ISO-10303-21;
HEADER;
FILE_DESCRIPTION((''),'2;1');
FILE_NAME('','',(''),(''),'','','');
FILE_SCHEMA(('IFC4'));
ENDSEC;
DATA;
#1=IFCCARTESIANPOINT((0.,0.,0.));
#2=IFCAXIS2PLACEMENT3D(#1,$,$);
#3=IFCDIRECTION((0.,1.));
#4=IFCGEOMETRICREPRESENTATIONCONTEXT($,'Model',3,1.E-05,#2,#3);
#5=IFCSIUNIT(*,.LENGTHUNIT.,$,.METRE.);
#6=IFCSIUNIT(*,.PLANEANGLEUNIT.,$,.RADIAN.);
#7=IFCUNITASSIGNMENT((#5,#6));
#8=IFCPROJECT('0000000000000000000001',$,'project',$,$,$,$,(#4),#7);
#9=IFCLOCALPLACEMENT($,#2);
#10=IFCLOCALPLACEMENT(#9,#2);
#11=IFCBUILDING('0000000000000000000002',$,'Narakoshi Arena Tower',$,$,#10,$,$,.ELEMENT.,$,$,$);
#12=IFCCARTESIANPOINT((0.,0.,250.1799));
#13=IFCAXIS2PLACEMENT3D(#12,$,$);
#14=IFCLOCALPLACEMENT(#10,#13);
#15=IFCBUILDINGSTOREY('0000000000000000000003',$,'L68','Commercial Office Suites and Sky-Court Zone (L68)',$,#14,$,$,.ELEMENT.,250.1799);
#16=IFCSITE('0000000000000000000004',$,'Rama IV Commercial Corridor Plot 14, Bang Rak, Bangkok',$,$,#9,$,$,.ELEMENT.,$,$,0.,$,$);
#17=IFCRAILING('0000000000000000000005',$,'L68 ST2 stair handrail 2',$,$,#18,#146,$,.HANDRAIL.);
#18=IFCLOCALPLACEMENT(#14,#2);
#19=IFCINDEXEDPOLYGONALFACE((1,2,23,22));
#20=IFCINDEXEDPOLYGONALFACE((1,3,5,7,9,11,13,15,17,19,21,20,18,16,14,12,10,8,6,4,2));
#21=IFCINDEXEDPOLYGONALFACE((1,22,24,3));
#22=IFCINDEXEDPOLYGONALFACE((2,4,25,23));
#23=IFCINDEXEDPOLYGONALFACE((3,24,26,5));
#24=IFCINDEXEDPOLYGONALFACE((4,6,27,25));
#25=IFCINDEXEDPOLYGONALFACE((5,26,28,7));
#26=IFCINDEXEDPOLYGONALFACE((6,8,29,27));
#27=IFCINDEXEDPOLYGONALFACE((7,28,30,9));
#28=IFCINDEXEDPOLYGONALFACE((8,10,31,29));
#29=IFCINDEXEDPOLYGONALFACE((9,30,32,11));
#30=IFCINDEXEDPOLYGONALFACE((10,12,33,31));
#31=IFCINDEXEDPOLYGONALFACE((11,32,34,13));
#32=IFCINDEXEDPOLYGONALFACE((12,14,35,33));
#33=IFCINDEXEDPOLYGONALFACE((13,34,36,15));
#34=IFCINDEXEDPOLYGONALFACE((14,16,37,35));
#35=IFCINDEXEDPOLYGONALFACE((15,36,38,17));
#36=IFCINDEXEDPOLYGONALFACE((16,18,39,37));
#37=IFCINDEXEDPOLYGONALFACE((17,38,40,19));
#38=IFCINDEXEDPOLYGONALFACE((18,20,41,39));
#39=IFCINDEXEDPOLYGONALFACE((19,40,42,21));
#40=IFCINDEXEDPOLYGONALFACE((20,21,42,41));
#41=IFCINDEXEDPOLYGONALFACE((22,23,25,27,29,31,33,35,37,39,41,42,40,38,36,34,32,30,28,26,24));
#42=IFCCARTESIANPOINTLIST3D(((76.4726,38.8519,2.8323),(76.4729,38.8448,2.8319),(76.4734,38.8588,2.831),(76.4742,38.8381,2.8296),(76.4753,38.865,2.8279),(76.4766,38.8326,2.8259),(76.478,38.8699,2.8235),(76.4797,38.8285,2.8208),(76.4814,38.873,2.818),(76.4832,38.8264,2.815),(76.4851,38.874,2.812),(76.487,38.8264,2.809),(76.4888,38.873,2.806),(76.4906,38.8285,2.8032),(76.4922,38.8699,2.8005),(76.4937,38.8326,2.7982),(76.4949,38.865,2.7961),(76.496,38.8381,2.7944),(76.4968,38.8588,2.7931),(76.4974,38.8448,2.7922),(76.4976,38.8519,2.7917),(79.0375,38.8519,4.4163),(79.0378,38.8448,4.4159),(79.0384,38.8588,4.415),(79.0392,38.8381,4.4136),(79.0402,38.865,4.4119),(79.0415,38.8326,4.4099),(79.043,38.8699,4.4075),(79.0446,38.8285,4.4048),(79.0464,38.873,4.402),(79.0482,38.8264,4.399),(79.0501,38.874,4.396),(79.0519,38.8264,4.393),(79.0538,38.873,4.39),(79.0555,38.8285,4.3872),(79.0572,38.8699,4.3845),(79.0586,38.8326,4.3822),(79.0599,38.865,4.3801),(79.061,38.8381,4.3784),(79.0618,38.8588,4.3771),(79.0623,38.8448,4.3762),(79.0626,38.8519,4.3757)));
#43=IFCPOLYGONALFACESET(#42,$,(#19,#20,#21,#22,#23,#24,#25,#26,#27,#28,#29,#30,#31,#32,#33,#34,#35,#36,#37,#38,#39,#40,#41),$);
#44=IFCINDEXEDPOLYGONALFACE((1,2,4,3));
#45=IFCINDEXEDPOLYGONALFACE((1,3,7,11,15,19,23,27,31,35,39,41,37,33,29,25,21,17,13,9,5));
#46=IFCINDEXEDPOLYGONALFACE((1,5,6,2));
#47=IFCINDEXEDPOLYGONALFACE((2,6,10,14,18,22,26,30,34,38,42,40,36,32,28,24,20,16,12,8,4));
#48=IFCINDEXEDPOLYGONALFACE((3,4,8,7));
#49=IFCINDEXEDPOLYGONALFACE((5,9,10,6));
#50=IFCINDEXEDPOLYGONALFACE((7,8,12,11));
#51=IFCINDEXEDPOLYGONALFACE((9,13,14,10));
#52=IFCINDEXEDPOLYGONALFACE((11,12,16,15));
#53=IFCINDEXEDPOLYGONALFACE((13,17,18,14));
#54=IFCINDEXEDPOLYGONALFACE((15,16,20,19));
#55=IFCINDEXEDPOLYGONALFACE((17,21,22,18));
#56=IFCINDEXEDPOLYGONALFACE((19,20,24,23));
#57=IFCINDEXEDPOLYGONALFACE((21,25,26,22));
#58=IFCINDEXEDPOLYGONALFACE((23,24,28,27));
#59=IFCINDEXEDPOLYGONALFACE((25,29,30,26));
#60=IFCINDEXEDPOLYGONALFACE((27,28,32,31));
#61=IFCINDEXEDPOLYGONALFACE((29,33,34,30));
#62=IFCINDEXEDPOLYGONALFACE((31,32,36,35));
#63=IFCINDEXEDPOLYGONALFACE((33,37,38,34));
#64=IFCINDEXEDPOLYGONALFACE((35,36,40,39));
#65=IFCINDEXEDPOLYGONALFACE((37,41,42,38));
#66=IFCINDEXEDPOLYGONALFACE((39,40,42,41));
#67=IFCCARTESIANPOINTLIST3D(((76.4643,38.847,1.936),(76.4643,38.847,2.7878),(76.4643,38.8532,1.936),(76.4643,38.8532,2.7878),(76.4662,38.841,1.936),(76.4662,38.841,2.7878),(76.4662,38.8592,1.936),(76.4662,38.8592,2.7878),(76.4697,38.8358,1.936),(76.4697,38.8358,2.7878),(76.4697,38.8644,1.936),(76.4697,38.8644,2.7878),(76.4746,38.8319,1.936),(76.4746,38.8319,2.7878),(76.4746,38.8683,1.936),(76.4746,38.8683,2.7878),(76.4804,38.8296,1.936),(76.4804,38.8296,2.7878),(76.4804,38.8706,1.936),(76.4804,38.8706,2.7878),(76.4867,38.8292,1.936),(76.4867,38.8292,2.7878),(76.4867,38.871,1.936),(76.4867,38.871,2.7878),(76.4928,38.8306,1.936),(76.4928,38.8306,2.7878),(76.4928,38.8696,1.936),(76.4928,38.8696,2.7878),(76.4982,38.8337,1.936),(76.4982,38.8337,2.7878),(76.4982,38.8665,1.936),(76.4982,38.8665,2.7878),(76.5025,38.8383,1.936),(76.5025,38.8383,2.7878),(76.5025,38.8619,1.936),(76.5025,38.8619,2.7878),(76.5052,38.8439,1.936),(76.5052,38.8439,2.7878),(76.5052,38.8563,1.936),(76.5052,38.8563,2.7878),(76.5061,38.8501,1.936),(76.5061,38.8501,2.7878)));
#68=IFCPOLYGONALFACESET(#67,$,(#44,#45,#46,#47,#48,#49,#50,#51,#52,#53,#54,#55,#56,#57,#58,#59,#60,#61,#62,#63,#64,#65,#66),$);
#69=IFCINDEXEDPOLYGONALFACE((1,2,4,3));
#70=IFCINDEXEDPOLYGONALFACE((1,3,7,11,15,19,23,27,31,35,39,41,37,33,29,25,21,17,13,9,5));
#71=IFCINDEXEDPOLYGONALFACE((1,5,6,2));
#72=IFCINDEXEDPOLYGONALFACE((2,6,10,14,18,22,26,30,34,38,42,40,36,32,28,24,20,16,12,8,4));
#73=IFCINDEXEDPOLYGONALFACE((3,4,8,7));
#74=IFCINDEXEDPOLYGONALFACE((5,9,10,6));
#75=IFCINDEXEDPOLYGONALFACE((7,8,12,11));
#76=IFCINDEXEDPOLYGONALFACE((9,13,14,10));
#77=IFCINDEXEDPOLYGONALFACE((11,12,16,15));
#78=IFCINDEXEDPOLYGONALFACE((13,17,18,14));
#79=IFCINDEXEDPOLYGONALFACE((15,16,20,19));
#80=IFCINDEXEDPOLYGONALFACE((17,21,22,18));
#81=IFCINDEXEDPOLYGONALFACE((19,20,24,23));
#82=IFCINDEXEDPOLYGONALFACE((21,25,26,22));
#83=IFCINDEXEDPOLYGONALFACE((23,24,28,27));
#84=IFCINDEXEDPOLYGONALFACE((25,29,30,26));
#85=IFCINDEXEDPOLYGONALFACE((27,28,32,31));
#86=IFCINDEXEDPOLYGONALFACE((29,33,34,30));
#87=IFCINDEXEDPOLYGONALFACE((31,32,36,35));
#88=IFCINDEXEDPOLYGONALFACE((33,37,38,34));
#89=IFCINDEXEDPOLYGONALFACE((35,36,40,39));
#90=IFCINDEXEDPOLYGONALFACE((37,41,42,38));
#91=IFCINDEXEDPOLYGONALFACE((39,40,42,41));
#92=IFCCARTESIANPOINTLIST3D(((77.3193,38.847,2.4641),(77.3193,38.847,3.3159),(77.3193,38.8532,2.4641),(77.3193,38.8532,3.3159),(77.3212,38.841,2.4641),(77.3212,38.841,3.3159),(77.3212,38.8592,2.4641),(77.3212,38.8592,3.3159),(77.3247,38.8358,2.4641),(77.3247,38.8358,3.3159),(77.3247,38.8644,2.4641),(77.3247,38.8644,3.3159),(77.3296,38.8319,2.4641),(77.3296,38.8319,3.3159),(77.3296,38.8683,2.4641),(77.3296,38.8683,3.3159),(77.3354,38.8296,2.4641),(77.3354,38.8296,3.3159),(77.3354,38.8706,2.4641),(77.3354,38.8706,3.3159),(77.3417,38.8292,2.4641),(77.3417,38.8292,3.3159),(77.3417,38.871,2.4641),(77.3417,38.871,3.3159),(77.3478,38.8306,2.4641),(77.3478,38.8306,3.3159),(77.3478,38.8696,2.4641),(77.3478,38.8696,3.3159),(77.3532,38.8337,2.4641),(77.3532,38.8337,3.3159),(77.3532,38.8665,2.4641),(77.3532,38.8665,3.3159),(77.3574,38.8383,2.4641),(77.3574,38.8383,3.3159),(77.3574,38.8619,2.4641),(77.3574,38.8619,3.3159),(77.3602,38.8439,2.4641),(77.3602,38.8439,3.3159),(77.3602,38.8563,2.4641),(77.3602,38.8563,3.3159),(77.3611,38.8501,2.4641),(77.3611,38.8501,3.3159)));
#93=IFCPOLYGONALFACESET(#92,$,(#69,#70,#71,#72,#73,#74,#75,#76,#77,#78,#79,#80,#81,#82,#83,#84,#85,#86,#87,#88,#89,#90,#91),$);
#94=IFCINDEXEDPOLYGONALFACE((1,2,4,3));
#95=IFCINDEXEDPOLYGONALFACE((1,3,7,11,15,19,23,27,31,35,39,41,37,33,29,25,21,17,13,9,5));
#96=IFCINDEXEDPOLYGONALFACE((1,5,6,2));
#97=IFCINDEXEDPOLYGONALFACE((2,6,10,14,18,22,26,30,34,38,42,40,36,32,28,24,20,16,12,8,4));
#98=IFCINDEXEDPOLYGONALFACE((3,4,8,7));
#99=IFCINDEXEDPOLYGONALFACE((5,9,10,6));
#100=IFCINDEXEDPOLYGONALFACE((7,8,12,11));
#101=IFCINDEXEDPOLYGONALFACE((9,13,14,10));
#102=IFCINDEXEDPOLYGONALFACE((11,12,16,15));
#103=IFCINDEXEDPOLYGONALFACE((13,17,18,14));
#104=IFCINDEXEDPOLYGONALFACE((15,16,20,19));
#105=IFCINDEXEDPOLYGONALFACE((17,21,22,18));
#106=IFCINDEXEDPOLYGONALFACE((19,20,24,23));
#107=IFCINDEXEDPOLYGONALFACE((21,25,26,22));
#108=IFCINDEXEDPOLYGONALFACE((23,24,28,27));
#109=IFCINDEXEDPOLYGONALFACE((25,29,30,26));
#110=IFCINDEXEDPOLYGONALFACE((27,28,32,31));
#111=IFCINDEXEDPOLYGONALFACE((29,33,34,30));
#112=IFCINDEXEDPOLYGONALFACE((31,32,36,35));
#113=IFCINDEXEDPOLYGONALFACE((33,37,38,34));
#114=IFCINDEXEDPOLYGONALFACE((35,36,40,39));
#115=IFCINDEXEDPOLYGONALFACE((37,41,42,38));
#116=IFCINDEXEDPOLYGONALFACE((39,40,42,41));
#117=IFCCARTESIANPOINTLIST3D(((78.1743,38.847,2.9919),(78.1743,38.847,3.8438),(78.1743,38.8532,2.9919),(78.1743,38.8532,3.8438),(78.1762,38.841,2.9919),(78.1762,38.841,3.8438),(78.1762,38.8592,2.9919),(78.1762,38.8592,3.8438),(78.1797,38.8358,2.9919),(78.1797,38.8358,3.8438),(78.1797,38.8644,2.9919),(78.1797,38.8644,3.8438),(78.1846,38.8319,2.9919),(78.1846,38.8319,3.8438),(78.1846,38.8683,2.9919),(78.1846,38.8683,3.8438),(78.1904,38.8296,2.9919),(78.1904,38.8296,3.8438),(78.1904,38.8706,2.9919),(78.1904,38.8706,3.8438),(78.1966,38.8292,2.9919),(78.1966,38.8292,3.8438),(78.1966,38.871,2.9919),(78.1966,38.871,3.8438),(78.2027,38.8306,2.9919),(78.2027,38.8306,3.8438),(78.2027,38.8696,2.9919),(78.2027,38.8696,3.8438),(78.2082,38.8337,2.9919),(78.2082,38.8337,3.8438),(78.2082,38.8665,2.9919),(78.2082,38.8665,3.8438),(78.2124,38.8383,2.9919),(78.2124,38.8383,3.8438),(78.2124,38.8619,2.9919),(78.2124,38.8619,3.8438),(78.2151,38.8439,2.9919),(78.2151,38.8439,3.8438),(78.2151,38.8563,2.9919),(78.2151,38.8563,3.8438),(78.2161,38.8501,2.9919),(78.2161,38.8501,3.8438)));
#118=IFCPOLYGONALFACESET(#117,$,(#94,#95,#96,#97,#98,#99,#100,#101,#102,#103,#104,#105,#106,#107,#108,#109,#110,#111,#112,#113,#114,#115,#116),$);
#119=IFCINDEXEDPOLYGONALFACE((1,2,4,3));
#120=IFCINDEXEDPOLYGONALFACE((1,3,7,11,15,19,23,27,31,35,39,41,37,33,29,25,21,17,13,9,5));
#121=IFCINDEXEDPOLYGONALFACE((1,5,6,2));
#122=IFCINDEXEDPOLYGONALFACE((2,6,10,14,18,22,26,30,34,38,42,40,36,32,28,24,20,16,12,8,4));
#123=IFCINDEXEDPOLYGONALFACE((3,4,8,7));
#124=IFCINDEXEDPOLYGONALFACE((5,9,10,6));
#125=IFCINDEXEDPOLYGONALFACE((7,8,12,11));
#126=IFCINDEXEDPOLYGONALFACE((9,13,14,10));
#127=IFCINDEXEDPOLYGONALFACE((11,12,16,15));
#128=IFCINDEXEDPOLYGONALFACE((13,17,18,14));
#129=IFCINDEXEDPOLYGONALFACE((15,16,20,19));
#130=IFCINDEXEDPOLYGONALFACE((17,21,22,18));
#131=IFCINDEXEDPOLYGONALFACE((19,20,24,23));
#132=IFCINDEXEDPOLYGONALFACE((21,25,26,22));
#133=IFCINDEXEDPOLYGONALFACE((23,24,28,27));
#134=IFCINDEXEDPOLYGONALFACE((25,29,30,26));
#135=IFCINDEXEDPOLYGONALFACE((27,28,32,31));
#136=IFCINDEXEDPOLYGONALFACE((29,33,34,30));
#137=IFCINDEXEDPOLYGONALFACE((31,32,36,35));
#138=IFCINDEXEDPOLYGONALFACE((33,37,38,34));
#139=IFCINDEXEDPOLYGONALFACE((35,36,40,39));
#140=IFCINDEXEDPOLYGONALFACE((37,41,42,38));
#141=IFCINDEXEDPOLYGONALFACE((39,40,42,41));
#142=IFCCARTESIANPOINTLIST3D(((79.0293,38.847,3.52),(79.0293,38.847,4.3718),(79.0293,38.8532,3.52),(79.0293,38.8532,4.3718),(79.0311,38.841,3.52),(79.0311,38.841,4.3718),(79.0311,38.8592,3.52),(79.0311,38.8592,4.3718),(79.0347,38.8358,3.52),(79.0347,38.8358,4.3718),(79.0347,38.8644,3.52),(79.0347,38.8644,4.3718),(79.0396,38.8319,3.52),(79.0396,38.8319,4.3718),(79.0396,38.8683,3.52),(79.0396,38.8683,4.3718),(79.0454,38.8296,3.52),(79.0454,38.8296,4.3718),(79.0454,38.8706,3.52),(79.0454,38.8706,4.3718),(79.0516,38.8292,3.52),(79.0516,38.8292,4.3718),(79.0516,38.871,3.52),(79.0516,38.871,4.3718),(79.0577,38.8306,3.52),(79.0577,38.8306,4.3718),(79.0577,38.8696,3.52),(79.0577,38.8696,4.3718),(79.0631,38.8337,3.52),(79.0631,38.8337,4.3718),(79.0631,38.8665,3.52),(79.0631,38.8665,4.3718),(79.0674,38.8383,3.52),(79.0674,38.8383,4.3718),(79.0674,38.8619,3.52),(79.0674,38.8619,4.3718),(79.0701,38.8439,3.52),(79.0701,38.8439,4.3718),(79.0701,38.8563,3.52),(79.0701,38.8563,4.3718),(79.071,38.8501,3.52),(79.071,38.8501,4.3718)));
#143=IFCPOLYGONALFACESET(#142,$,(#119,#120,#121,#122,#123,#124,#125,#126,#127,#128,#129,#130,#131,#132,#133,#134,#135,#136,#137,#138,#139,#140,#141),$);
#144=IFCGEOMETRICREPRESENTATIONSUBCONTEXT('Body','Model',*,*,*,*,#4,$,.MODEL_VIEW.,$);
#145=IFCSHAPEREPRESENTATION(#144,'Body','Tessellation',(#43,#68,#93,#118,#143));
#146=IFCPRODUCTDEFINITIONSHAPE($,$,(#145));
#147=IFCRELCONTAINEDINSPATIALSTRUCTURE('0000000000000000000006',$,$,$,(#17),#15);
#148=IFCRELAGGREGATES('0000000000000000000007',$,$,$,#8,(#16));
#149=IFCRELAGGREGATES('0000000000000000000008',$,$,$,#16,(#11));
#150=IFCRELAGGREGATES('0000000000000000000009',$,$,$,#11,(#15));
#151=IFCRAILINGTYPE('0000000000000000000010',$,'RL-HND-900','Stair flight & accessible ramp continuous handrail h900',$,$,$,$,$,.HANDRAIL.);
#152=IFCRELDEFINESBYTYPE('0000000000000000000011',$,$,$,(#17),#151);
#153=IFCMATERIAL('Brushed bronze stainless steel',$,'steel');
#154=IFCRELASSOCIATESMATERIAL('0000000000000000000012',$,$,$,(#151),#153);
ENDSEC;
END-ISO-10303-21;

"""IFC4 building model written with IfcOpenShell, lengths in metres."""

from ifc_helpers import new_model, si_unit, direction, frame, origin, origin_2d, place, context, subcontext, project, spatial, circle, extrude, material, type_object, element, save


model = new_model("IFC4")

# Units and contexts
model_context = context("Model", 3, precision=1e-05, world=origin(), true_north=direction((0.0, 1.0)))
body_context = subcontext(model_context, "Body", "Model", "MODEL_VIEW")
ifc_project = project(units=[si_unit("LENGTHUNIT", "METRE"), si_unit("PLANEANGLEUNIT", "RADIAN")], contexts=[model_context])

# Site, building, storey
site_placement = place(None, origin())
site = spatial("IfcSite", under=ifc_project, at=site_placement, Name="Rama IV Commercial Corridor Plot 14, Bang Rak, Bangkok", CompositionType="ELEMENT", RefElevation=0.0)
building_placement = place(site_placement, origin())
building = spatial("IfcBuilding", under=site, at=building_placement, Name="Narakoshi Arena Tower", CompositionType="ELEMENT")
storey_placement = place(building_placement, frame((0.0, 0.0, 250.1799)))
storey = spatial("IfcBuildingStorey", under=building, at=storey_placement, Name="L68", Description="Commercial Office Suites and Sky-Court Zone (L68)", CompositionType="ELEMENT", Elevation=250.1799)

# Railing
ifc_material_1 = material(Name="Brushed bronze stainless steel", Category="steel")
railing_type_1 = type_object("IfcRailingType", Name="RL-HND-900", Description="Stair flight & accessible ramp continuous handrail h900", PredefinedType="HANDRAIL", material=ifc_material_1)
railing_1_placement = place(storey_placement, frame((76.4851, 38.8501, 1.936)))
element("IfcRailing", 1, at=railing_1_placement, inside=storey, type_object=railing_type_1, Name="L68 ST2 stair handrail 2", PredefinedType="HANDRAIL", context=body_context, shape_type="SweptSolid", body=[
    extrude(circle(Radius=0.0239, at=origin_2d()), frame((0.0, 0.0, 0.876), z_axis=(0.850834, 0.0, 0.525434), x_axis=(0.0, 1.0, 0.0)), (0.0, 0.0, 1.0), 3.0146),
    extrude(circle(Radius=0.021, at=origin_2d()), origin(), (0.0, 0.0, 1.0), 0.8518),
    extrude(circle(Radius=0.021, at=origin_2d()), frame((0.855, 0.0, 0.5281)), (0.0, 0.0, 1.0), 0.8518),
    extrude(circle(Radius=0.021, at=origin_2d()), frame((1.71, 0.0, 1.0559)), (0.0, 0.0, 1.0), 0.8518),
    extrude(circle(Radius=0.021, at=origin_2d()), frame((2.5649, 0.0, 1.584)), (0.0, 0.0, 1.0), 0.8518),
])

save(model, "model.ifc")
